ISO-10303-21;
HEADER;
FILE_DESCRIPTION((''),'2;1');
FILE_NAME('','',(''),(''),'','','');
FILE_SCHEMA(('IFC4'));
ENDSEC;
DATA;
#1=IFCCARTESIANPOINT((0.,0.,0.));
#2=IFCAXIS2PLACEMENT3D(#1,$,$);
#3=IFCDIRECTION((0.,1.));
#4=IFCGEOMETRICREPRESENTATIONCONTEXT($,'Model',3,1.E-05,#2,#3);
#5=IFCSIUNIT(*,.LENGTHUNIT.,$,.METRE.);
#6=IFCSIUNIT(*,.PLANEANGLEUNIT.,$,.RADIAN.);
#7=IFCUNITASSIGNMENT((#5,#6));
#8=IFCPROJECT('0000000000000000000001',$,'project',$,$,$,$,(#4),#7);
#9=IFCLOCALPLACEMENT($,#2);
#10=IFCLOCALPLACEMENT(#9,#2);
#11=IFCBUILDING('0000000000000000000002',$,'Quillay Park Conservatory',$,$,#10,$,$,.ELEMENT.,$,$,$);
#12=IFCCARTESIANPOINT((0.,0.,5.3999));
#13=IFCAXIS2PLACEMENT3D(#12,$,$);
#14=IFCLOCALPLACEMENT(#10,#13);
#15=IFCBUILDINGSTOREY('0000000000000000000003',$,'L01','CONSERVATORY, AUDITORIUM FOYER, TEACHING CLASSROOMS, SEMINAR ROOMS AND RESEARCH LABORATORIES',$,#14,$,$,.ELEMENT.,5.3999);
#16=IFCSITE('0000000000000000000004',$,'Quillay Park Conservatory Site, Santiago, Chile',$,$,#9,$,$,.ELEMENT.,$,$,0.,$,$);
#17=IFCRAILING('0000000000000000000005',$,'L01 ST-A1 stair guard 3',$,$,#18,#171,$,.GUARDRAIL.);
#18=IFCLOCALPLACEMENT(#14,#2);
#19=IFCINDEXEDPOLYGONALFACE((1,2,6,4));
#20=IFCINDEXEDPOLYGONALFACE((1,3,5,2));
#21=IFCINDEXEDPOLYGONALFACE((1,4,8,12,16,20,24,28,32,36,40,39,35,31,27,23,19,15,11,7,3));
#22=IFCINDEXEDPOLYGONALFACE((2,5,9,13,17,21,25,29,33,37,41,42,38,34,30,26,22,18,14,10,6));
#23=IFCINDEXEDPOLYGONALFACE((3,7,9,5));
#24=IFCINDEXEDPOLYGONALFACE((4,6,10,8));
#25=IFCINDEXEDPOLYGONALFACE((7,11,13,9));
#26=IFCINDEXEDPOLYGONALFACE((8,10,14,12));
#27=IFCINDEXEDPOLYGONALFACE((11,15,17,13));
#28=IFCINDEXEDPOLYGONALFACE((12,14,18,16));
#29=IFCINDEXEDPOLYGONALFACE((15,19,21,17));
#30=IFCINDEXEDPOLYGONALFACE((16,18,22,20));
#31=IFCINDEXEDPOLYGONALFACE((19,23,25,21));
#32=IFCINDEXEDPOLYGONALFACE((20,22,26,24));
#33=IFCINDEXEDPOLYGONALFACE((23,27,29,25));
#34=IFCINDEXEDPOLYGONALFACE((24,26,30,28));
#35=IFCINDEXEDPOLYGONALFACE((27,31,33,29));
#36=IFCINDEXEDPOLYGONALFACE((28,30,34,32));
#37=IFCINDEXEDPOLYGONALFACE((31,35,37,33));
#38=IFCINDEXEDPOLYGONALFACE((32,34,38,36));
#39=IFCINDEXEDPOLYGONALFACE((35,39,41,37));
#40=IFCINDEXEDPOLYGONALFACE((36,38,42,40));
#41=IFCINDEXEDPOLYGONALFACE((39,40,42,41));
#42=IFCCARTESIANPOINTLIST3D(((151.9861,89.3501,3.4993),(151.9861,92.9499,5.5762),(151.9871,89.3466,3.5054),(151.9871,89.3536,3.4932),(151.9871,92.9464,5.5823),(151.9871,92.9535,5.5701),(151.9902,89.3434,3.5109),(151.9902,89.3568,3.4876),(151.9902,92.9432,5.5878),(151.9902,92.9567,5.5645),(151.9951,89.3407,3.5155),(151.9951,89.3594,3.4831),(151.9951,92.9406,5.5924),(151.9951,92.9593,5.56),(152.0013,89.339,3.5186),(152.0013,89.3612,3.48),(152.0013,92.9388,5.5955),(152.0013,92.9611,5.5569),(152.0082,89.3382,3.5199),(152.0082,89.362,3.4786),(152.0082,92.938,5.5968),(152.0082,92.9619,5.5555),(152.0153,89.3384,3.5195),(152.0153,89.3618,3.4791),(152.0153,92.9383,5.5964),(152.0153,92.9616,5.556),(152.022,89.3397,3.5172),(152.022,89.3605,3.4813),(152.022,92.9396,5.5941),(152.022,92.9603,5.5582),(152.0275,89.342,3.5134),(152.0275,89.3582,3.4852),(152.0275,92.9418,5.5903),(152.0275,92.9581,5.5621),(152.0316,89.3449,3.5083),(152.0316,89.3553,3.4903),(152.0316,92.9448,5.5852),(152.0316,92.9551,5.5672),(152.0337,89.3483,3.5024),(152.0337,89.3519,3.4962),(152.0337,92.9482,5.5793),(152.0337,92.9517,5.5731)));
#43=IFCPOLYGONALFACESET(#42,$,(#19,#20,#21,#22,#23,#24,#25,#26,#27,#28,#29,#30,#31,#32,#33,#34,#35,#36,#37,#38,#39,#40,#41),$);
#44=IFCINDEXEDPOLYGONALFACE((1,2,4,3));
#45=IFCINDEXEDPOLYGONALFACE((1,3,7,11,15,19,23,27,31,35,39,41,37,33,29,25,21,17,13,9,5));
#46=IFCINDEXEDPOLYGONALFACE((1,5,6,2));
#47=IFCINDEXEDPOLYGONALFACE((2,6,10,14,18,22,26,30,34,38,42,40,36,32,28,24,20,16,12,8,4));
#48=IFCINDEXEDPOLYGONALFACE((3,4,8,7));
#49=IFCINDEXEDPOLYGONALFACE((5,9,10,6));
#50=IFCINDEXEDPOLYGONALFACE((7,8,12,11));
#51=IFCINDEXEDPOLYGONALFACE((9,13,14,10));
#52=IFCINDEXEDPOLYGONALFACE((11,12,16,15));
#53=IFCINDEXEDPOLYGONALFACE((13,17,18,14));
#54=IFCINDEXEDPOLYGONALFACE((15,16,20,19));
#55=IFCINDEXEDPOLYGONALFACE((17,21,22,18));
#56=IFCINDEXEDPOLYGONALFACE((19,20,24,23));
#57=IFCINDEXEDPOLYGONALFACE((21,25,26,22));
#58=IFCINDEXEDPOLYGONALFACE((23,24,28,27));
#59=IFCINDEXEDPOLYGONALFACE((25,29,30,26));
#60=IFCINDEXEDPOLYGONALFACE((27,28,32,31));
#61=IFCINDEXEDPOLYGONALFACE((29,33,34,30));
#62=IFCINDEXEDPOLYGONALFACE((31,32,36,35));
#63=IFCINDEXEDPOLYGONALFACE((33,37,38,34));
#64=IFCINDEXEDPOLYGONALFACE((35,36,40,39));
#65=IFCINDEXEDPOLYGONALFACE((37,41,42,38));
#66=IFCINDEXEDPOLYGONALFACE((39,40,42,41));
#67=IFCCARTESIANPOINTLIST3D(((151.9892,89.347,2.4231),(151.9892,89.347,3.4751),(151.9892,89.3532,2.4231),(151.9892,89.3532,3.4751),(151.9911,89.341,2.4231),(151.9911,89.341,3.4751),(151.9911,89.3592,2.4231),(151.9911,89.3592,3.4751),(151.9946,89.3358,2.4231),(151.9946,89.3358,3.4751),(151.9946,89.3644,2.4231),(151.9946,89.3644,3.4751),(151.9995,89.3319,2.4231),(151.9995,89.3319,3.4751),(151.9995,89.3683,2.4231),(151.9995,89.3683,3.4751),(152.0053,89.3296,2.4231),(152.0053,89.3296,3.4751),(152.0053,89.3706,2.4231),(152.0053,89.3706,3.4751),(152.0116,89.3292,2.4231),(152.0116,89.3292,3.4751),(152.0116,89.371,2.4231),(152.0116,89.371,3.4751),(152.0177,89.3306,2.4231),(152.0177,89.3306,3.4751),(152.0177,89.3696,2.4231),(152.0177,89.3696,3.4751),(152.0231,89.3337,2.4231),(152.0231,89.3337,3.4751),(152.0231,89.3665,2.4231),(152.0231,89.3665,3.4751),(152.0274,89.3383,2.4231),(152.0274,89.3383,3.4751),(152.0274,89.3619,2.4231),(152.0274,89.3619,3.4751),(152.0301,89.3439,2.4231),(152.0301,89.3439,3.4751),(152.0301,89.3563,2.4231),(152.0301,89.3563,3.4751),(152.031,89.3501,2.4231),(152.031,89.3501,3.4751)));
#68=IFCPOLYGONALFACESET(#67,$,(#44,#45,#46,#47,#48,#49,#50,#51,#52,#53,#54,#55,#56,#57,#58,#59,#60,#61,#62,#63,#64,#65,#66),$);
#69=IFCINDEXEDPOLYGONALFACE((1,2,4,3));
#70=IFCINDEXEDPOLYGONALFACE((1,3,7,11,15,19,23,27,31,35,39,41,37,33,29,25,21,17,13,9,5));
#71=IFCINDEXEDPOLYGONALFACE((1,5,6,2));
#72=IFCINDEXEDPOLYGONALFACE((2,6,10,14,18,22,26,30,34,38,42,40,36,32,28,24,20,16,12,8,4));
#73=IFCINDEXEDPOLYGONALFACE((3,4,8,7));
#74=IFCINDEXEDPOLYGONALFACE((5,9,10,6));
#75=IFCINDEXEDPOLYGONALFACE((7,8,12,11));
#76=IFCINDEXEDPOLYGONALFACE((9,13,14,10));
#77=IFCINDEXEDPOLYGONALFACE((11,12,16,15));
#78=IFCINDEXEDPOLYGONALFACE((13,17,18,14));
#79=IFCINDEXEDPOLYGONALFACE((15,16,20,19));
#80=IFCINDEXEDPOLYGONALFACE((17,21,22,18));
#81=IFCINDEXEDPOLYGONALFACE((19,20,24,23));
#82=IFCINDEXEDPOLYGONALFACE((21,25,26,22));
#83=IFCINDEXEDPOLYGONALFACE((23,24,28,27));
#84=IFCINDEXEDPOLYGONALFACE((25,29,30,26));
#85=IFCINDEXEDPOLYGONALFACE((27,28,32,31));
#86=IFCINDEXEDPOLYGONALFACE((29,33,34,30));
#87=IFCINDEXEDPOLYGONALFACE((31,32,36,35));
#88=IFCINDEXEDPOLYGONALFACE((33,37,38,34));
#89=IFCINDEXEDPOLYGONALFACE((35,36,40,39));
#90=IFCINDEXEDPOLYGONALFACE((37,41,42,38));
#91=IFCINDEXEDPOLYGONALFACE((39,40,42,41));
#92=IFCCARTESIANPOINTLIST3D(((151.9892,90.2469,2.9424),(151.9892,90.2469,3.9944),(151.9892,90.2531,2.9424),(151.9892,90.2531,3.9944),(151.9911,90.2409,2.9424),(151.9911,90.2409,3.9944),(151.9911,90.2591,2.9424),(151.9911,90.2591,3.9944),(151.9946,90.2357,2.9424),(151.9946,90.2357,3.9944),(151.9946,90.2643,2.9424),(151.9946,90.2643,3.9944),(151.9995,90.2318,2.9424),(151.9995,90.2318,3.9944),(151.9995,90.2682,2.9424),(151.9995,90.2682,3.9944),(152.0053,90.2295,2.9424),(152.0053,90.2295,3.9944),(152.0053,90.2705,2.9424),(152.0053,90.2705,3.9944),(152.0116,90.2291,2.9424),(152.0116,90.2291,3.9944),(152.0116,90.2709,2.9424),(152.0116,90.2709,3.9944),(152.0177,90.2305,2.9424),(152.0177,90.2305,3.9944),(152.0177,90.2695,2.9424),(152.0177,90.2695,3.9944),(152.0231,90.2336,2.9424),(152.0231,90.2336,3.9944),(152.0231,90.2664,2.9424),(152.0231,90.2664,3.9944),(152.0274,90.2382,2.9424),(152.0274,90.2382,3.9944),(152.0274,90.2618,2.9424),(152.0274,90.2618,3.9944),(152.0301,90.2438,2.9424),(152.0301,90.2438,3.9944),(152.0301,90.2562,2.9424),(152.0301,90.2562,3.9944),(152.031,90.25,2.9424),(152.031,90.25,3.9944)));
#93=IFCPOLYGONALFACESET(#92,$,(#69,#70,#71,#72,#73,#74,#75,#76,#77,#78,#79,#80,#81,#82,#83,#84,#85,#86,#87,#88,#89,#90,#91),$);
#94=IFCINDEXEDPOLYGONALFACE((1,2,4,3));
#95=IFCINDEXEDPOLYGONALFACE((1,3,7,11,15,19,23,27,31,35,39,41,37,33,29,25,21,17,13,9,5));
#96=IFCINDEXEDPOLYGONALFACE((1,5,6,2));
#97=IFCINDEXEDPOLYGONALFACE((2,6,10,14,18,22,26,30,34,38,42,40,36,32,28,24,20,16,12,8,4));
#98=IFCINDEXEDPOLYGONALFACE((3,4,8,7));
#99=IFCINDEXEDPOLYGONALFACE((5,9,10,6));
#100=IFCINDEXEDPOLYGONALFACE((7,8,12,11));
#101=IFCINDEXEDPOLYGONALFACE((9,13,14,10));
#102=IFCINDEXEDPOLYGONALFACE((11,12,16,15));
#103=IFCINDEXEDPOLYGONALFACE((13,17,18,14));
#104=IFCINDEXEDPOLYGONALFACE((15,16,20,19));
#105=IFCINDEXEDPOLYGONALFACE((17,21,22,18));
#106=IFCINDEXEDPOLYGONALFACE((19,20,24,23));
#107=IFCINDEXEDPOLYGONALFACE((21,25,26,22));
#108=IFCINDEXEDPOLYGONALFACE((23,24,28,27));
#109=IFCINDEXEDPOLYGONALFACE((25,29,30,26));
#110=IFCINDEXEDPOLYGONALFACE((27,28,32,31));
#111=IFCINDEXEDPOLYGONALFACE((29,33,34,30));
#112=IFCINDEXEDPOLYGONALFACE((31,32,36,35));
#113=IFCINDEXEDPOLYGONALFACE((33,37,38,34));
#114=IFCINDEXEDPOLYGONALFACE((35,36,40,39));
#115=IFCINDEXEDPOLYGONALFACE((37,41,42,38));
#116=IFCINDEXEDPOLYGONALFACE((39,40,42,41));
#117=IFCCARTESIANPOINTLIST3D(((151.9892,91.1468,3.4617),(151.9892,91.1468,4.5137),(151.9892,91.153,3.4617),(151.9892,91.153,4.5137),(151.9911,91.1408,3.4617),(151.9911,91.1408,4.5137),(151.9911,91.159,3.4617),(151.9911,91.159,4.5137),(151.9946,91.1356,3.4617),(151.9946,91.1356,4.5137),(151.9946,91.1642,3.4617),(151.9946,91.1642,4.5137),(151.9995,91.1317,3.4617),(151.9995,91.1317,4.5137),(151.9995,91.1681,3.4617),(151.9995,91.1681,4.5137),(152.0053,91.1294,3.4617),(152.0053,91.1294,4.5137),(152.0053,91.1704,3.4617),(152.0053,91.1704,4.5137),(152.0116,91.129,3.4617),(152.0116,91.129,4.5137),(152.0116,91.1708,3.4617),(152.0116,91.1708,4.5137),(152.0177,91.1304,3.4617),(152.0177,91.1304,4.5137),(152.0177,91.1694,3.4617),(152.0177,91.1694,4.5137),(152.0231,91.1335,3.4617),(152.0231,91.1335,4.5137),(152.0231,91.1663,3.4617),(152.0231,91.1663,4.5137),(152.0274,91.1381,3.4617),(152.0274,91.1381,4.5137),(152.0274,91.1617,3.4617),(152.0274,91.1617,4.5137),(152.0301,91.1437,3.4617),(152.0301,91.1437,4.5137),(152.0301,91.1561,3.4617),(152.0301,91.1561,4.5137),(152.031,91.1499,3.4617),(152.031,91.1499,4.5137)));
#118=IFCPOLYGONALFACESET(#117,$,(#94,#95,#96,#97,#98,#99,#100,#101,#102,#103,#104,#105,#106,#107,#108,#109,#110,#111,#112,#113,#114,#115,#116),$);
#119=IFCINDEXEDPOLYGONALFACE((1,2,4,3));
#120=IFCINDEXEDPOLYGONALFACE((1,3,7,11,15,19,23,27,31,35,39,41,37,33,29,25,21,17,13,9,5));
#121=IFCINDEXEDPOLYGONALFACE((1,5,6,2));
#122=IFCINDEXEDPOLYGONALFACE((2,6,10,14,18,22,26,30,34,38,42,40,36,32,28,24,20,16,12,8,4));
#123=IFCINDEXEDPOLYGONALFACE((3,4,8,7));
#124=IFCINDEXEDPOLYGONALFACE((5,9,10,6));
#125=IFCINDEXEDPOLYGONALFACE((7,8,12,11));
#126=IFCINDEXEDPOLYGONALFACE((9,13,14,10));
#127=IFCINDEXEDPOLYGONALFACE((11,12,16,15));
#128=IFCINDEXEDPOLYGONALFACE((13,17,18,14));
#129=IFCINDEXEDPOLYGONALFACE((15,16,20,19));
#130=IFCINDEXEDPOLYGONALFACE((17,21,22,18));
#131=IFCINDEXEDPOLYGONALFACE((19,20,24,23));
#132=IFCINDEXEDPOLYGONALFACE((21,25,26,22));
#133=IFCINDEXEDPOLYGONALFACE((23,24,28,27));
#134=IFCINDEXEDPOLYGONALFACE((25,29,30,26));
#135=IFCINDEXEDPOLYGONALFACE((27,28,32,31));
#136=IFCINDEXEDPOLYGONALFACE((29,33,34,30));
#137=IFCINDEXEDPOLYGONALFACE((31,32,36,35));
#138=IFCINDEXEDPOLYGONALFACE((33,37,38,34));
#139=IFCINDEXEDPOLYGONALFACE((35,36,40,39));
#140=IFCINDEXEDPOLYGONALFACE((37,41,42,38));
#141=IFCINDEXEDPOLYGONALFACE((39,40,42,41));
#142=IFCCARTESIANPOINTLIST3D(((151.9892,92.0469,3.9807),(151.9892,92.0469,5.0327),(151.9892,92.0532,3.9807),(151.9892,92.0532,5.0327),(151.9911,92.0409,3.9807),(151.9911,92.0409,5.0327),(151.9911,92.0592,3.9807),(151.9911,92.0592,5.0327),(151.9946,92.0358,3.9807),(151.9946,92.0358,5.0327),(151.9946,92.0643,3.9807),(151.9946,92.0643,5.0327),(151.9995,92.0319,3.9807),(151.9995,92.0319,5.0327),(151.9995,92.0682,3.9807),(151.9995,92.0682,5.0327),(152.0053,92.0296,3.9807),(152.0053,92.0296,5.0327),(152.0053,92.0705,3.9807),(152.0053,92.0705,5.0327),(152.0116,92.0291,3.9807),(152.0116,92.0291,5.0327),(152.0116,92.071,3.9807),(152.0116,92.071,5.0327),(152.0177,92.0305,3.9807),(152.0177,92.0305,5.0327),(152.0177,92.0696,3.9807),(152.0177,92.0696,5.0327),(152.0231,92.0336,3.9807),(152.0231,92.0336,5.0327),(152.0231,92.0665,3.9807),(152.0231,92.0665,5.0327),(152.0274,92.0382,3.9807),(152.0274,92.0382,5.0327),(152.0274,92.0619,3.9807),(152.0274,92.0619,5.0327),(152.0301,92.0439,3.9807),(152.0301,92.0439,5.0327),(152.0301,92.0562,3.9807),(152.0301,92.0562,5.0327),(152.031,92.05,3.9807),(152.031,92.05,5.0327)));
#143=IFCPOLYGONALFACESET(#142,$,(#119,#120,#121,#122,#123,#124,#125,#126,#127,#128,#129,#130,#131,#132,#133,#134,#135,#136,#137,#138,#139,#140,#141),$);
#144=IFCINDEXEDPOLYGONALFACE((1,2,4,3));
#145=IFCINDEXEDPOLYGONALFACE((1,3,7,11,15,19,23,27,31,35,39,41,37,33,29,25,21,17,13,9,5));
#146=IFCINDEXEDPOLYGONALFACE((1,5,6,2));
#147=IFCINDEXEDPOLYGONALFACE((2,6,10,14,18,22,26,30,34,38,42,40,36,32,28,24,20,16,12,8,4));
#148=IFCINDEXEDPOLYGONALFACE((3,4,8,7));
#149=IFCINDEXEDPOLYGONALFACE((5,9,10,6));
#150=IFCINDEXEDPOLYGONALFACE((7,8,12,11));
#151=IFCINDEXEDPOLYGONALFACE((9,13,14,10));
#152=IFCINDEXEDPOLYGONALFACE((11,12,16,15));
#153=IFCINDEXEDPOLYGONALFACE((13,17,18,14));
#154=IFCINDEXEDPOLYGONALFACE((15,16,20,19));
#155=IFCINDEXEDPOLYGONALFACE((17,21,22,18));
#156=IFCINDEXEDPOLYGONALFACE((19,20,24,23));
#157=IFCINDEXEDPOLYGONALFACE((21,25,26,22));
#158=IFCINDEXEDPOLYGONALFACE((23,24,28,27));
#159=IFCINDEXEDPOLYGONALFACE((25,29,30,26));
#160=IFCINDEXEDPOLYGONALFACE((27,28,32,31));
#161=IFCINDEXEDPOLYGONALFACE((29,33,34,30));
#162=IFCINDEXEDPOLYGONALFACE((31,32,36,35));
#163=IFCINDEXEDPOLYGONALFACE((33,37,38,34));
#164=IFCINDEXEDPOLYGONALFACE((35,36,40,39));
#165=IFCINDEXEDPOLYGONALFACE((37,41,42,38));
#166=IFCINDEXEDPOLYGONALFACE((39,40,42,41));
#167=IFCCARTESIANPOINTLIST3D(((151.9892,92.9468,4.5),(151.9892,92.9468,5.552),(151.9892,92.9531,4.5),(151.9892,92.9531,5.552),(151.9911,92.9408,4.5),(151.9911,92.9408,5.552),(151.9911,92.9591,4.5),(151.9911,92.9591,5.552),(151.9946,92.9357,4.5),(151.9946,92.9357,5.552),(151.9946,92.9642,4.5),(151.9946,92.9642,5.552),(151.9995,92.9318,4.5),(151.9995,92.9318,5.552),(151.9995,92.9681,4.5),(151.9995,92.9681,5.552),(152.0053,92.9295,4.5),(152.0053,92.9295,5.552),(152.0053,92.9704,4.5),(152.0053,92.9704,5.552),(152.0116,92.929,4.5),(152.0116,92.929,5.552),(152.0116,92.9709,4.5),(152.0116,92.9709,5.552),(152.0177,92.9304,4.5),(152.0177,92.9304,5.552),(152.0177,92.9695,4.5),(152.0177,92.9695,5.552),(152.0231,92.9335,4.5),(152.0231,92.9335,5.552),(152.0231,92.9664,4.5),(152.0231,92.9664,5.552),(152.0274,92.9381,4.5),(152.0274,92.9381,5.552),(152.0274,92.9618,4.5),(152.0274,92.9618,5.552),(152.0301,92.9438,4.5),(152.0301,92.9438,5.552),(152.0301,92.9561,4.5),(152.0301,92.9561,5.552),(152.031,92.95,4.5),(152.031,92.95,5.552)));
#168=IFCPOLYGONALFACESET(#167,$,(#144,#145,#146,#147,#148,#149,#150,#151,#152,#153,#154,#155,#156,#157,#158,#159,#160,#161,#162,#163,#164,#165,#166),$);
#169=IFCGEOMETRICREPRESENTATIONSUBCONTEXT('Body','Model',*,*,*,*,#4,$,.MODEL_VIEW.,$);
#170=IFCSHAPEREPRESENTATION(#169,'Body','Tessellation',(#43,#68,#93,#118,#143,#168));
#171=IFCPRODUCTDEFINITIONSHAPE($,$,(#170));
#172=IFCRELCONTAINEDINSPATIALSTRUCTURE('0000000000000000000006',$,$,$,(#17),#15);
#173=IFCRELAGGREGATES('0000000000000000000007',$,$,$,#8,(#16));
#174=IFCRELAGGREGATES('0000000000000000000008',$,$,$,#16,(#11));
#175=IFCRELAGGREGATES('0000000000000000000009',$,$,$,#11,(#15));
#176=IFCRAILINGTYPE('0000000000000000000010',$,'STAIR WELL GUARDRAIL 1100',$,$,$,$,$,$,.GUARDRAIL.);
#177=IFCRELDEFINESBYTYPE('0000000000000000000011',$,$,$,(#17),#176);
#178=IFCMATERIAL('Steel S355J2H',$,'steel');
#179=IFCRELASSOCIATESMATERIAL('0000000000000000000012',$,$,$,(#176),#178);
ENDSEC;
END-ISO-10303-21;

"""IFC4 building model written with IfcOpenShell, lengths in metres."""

from ifc_helpers import new_model, si_unit, direction, frame, origin, origin_2d, place, context, subcontext, project, spatial, circle, extrude, material, type_object, element, save


model = new_model("IFC4")

# Units and contexts
model_context = context("Model", 3, precision=1e-05, world=origin(), true_north=direction((0.0, 1.0)))
body_context = subcontext(model_context, "Body", "Model", "MODEL_VIEW")
ifc_project = project(units=[si_unit("LENGTHUNIT", "METRE"), si_unit("PLANEANGLEUNIT", "RADIAN")], contexts=[model_context])

# Site, building, storey
site_placement = place(None, origin())
site = spatial("IfcSite", under=ifc_project, at=site_placement, Name="Quillay Park Conservatory Site, Santiago, Chile", CompositionType="ELEMENT", RefElevation=0.0)
building_placement = place(site_placement, origin())
building = spatial("IfcBuilding", under=site, at=building_placement, Name="Quillay Park Conservatory", CompositionType="ELEMENT")
storey_placement = place(building_placement, frame((0.0, 0.0, 5.3999)))
storey = spatial("IfcBuildingStorey", under=building, at=storey_placement, Name="L01", Description="CONSERVATORY, AUDITORIUM FOYER, TEACHING CLASSROOMS, SEMINAR ROOMS AND RESEARCH LABORATORIES", CompositionType="ELEMENT", Elevation=5.3999)

# Railing
ifc_material_1 = material(Name="Steel S355J2H", Category="steel")
railing_type_1 = type_object("IfcRailingType", Name="STAIR WELL GUARDRAIL 1100", PredefinedType="GUARDRAIL", material=ifc_material_1)
railing_1_placement = place(storey_placement, frame((152.01, 89.3501, 2.4231)))
element("IfcRailing", 1, at=railing_1_placement, inside=storey, type_object=railing_type_1, Name="L01 ST-A1 stair guard 3", PredefinedType="GUARDRAIL", context=body_context, shape_type="SweptSolid", body=[
    extrude(circle(Radius=0.0239, at=origin_2d()), frame((0.0, 0.0, 1.0762), z_axis=(0.0, 0.866179, 0.499734), x_axis=(-1.0, 0.0, 0.0)), (0.0, 0.0, 1.0), 4.156),
    extrude(circle(Radius=0.021, at=origin_2d()), origin(), (0.0, 0.0, 1.0), 1.052),
    extrude(circle(Radius=0.021, at=origin_2d()), frame((0.0, 0.8999, 0.5193)), (0.0, 0.0, 1.0), 1.052),
    extrude(circle(Radius=0.021, at=origin_2d()), frame((0.0, 1.7998, 1.0386)), (0.0, 0.0, 1.0), 1.052),
    extrude(circle(Radius=0.021, at=origin_2d()), frame((0.0, 2.7, 1.5576)), (0.0, 0.0, 1.0), 1.052),
    extrude(circle(Radius=0.021, at=origin_2d()), frame((0.0, 3.5999, 2.0769)), (0.0, 0.0, 1.0), 1.052),
])

save(model, "model.ifc")
